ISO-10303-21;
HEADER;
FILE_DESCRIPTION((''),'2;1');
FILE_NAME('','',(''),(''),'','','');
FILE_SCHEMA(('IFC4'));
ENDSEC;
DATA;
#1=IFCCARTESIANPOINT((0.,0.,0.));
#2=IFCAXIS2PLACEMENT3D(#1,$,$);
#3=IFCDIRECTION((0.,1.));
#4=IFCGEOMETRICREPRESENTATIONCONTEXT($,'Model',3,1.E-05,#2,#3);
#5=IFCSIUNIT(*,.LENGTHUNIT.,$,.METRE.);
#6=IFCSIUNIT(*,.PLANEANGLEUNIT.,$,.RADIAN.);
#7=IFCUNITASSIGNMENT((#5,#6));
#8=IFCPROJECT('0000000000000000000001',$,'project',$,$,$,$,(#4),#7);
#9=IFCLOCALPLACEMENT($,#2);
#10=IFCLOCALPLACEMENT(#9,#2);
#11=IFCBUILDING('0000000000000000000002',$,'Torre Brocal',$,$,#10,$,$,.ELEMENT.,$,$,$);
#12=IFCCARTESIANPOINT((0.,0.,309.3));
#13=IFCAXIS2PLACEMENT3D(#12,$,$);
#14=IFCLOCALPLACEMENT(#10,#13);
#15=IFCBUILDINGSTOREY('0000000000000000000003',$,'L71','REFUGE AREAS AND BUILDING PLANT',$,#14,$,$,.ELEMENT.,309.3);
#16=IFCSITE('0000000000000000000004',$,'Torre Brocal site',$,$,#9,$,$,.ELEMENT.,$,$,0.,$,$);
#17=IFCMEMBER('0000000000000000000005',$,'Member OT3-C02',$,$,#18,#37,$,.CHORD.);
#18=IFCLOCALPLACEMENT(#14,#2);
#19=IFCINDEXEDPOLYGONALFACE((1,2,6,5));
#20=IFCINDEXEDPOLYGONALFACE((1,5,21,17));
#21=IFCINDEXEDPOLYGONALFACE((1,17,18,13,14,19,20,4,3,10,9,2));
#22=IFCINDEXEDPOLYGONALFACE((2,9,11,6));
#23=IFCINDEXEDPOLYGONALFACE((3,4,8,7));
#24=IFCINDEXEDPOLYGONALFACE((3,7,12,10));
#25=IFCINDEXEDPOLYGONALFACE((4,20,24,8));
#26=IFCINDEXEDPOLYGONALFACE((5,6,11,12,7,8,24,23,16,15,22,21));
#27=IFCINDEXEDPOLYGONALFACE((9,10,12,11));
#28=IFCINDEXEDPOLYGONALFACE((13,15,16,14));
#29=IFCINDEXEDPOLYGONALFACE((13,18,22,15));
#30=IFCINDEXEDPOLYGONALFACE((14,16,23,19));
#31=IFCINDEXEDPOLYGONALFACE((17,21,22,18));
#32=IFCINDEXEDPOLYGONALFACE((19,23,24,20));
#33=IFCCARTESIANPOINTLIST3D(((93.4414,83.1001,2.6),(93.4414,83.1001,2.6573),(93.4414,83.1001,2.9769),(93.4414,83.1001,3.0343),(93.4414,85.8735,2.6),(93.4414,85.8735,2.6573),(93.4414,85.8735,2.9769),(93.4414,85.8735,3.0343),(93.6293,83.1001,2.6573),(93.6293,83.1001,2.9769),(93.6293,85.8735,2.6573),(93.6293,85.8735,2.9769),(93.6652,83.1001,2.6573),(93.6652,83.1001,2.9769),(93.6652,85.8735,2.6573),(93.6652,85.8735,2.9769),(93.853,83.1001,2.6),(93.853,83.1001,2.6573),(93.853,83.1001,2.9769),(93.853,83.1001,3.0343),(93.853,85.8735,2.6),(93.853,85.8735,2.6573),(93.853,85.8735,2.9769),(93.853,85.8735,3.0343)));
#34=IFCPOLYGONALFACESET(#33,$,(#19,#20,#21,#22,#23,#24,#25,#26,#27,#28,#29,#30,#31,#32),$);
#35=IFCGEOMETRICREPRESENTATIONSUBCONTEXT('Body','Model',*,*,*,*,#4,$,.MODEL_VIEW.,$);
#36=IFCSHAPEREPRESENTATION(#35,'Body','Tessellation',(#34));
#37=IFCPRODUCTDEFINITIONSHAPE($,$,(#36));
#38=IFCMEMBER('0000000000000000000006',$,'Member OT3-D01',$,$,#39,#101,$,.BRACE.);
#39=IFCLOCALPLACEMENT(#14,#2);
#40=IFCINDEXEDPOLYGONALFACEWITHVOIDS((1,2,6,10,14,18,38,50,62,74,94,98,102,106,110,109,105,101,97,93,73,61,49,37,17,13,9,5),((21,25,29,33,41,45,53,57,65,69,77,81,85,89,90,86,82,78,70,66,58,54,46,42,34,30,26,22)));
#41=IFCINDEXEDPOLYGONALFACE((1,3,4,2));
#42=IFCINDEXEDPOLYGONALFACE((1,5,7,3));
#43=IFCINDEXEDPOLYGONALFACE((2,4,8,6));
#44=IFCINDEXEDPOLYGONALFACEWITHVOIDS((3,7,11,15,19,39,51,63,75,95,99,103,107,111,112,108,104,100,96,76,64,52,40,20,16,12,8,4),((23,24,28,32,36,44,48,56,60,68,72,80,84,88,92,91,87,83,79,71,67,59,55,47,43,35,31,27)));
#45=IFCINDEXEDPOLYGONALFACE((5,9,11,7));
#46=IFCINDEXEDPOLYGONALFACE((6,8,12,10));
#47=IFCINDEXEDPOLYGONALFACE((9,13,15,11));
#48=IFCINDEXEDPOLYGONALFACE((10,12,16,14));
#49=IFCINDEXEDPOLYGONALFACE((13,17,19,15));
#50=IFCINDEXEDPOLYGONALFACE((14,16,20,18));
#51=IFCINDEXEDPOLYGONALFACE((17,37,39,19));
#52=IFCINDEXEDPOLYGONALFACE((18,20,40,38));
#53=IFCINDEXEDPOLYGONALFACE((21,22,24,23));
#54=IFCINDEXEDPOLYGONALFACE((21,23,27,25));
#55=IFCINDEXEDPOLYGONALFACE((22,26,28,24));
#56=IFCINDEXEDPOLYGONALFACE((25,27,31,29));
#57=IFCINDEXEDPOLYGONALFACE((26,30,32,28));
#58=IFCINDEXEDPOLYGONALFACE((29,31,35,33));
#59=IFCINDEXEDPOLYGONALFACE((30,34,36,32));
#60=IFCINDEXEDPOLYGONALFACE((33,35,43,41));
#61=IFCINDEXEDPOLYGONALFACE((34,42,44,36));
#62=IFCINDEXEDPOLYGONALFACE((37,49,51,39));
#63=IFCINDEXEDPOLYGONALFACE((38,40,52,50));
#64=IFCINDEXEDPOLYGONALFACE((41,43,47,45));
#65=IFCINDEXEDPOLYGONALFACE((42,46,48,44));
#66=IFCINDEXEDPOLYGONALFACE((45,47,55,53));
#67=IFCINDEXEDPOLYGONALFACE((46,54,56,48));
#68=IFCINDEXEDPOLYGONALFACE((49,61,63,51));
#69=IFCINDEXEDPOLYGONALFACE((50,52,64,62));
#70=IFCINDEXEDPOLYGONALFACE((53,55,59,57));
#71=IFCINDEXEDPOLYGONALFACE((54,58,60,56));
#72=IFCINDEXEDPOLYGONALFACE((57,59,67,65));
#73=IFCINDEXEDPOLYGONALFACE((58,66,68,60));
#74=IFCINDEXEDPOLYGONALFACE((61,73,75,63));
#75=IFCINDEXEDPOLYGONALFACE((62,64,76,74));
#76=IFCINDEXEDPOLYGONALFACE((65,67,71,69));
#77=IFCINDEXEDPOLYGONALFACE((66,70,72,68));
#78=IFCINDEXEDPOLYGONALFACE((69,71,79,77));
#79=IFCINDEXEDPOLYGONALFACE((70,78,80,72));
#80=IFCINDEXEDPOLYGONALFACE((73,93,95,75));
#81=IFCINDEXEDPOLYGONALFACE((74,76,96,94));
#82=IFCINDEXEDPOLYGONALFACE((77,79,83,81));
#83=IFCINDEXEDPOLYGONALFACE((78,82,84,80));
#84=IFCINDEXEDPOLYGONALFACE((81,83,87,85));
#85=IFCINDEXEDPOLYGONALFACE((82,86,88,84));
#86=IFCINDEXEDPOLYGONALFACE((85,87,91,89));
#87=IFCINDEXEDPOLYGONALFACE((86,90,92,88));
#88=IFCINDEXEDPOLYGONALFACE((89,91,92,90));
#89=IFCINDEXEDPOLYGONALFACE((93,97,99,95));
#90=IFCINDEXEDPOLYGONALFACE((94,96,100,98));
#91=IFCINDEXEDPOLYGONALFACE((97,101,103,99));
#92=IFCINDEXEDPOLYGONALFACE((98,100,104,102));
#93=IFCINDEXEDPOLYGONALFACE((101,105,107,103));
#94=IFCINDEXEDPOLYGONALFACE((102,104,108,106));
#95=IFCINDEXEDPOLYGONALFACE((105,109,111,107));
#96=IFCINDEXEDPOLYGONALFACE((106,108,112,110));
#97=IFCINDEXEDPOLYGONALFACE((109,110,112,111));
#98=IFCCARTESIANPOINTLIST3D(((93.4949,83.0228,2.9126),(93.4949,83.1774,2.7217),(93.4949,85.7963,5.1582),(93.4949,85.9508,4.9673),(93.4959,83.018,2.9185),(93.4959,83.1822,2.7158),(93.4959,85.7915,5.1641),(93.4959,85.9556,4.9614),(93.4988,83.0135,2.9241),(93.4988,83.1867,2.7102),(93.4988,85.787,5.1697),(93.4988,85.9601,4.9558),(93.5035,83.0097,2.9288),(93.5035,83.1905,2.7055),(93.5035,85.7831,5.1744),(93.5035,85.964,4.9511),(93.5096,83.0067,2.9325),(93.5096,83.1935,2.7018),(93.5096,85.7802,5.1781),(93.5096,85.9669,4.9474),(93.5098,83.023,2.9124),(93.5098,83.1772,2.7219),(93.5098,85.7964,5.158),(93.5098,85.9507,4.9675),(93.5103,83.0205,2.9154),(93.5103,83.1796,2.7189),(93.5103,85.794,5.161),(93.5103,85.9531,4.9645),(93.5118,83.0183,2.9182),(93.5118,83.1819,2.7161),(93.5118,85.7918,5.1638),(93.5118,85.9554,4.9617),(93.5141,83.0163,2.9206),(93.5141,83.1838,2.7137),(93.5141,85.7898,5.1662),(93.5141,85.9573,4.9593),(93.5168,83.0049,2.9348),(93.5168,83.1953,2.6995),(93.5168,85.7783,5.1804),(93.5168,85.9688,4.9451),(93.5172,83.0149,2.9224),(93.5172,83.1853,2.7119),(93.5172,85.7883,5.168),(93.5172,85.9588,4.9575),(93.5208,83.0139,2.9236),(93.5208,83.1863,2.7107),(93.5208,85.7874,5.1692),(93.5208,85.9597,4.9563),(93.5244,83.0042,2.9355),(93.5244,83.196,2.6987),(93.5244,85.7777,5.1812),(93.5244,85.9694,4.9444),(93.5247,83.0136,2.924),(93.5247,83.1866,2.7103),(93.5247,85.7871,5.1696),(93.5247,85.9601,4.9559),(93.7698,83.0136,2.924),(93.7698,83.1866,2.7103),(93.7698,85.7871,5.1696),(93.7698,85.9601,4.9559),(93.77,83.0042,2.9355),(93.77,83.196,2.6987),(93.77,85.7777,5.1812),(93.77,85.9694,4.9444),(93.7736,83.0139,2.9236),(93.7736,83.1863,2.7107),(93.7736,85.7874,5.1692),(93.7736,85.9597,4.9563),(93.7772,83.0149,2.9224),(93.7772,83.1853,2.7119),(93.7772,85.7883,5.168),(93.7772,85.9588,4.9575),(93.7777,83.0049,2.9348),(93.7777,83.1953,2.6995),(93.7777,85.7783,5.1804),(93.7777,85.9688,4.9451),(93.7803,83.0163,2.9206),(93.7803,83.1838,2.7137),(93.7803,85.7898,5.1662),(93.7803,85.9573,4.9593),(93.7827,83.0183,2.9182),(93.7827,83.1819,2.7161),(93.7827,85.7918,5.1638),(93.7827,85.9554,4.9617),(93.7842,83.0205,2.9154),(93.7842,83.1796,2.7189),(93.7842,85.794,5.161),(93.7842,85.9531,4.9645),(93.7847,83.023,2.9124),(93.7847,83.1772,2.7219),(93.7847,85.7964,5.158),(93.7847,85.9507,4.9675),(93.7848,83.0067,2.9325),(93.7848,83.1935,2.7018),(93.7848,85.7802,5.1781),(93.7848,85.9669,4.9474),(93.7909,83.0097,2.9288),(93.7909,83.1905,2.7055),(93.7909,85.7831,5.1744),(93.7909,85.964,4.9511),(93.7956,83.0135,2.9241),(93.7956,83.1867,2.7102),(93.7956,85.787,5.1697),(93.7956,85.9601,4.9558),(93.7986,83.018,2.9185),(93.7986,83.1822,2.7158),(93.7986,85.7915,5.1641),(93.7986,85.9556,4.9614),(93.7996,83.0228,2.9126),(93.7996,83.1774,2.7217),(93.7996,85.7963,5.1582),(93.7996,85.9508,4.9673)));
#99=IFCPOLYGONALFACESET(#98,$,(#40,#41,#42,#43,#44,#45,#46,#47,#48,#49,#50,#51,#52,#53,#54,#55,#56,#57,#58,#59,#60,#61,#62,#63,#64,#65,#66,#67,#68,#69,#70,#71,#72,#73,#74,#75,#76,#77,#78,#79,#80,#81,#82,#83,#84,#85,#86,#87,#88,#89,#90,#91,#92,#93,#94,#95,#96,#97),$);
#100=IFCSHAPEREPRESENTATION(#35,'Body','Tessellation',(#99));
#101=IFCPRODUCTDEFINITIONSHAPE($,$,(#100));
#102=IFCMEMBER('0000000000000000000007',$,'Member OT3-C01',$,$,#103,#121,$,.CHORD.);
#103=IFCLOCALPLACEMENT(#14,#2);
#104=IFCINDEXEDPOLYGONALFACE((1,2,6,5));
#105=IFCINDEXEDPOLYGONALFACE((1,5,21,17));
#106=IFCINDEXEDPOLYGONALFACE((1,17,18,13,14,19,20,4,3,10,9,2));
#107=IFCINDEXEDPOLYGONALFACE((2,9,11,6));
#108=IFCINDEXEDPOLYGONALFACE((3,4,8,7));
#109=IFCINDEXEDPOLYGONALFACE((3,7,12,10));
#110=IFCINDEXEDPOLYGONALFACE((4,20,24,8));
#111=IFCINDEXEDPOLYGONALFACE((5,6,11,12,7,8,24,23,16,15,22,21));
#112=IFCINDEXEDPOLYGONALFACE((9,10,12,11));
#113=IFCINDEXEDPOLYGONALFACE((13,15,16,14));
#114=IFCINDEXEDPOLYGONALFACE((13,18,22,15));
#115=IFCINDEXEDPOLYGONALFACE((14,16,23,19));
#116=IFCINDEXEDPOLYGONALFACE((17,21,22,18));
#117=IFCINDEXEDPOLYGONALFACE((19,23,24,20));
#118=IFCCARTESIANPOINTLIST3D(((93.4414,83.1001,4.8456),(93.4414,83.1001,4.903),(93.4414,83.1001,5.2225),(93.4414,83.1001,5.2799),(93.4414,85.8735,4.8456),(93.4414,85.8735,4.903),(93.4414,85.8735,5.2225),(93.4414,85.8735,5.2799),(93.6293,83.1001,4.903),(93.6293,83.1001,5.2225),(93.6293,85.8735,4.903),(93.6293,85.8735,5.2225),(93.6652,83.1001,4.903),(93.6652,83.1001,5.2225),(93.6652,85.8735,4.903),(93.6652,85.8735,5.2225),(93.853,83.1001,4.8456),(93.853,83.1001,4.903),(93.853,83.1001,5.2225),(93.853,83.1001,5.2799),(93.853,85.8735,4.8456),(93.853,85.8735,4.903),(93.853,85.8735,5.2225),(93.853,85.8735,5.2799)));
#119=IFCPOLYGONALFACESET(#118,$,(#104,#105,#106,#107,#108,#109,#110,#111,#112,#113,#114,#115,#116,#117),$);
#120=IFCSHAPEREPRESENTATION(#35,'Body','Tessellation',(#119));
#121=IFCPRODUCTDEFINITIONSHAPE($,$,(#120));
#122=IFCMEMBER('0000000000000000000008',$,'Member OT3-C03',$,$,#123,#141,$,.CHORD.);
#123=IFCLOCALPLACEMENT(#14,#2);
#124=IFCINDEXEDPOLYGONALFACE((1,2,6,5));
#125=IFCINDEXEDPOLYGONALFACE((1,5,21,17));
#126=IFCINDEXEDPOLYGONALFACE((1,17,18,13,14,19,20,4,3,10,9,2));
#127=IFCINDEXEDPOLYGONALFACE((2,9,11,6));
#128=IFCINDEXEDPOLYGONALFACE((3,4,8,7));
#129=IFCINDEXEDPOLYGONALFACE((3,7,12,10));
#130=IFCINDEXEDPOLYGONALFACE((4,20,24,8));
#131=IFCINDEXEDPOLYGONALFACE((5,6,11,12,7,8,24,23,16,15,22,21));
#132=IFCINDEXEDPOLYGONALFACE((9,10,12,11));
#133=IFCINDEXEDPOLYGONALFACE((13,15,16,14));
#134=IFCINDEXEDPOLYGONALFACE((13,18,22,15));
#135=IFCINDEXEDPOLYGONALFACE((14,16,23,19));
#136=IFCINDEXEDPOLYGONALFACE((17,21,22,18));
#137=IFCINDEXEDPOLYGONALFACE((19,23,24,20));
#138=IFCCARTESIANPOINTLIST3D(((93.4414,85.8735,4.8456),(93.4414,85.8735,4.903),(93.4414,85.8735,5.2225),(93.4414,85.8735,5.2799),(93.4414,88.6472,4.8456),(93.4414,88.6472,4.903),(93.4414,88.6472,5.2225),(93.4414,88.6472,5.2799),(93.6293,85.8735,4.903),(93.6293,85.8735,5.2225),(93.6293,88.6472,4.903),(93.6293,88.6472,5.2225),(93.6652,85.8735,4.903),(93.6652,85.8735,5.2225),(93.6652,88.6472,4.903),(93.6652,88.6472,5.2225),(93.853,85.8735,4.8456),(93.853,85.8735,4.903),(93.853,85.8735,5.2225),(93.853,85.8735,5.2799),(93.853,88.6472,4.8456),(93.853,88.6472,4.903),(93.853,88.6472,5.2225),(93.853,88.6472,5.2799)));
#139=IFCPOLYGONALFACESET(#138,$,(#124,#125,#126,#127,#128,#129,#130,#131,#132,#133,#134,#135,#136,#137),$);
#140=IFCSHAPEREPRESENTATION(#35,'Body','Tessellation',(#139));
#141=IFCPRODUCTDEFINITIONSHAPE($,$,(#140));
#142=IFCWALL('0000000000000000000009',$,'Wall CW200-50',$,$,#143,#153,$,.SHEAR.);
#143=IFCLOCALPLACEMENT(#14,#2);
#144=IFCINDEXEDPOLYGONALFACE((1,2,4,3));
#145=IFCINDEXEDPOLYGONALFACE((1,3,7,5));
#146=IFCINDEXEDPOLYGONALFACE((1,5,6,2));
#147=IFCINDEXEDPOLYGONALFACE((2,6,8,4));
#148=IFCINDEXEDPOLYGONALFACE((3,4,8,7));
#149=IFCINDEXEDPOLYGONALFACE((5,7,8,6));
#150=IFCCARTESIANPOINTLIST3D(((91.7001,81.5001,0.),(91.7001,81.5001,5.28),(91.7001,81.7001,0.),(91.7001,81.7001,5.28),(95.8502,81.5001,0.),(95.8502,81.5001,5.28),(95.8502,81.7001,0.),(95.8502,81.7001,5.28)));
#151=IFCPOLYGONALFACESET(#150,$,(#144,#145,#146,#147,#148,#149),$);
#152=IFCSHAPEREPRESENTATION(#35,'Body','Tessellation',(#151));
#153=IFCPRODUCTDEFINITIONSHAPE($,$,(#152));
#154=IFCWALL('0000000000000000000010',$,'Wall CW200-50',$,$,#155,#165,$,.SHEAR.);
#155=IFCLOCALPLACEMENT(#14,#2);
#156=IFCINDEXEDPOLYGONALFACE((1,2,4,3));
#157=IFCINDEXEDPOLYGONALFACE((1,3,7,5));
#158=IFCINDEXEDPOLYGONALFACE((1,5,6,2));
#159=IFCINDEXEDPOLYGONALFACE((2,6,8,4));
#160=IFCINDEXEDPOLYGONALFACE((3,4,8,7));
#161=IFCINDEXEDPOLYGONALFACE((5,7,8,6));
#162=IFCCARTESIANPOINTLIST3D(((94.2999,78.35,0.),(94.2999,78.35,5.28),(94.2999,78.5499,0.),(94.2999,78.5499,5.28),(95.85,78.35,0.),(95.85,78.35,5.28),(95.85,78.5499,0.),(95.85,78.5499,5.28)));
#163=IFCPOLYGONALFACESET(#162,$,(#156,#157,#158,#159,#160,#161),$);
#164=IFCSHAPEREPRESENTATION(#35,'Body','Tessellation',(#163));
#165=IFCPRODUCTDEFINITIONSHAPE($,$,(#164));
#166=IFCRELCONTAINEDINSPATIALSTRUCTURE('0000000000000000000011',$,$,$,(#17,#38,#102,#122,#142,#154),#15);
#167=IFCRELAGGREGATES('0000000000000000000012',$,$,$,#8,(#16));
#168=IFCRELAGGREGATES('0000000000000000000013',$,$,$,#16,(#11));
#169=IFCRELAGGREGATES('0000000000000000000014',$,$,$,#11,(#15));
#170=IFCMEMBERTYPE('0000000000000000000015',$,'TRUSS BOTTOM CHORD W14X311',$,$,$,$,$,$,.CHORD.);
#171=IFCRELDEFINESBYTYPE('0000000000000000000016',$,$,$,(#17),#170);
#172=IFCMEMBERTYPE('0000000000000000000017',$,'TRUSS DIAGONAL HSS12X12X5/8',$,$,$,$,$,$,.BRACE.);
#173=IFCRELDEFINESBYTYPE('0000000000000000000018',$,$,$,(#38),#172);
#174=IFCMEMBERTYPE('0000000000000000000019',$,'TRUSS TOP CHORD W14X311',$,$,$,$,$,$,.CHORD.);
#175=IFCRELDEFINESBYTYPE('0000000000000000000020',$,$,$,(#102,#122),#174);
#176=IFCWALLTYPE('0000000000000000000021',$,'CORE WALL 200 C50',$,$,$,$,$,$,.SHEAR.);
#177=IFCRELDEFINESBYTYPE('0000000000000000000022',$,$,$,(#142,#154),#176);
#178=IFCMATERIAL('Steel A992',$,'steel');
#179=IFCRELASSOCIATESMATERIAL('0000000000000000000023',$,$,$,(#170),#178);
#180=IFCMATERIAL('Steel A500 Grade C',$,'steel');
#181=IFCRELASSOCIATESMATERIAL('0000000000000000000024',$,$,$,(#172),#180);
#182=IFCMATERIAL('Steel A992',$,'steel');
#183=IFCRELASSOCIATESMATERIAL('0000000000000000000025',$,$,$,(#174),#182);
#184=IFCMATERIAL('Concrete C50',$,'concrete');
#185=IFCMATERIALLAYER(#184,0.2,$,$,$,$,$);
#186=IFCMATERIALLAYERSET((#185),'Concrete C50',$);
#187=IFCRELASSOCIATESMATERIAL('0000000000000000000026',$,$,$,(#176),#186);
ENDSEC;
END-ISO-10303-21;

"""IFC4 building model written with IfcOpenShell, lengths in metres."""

from ifc_helpers import new_model, si_unit, direction, frame, frame_2d, origin, origin_2d, place, context, subcontext, project, spatial, rectangle, hollow_rectangle, i_section, extrude, material, layer, layer_set, material_profile, profile_set, type_object, element, save


model = new_model("IFC4")

# Units and contexts
model_context = context("Model", 3, precision=1e-05, world=origin(), true_north=direction((0.0, 1.0)))
body_context = subcontext(model_context, "Body", "Model", "MODEL_VIEW")
ifc_project = project(units=[si_unit("LENGTHUNIT", "METRE"), si_unit("PLANEANGLEUNIT", "RADIAN")], contexts=[model_context])

# Site, building, storey
site_placement = place(None, origin())
site = spatial("IfcSite", under=ifc_project, at=site_placement, Name="Torre Brocal site", CompositionType="ELEMENT", RefElevation=0.0)
building_placement = place(site_placement, origin())
building = spatial("IfcBuilding", under=site, at=building_placement, Name="Torre Brocal", CompositionType="ELEMENT")
storey_placement = place(building_placement, frame((0.0, 0.0, 309.3)))
storey = spatial("IfcBuildingStorey", under=building, at=storey_placement, Name="L71", Description="REFUGE AREAS AND BUILDING PLANT", CompositionType="ELEMENT", Elevation=309.3)

# Members
ifc_material_1 = material(Name="Steel A992", Category="steel")
ifc_material_profile_1 = material_profile(ifc_material_1, i_section(OverallWidth=0.4116, OverallDepth=0.4343, WebThickness=0.0359, FlangeThickness=0.0574, at=origin_2d()), Name="W14X311")
ifc_profile_set_1 = profile_set([ifc_material_profile_1], Name="Steel A992")
member_type_1 = type_object("IfcMemberType", Name="TRUSS BOTTOM CHORD W14X311", PredefinedType="CHORD", material=ifc_profile_set_1)
member_1_placement = place(storey_placement, frame((93.6472, 83.1001, 2.8171), z_axis=(0.0, 1.0, 0.0), x_axis=(-1.0, 0.0, 0.0)))
element("IfcMember", 1, at=member_1_placement, inside=storey, type_object=member_type_1, Name="Member OT3-C02", PredefinedType="CHORD", context=body_context, shape_type="SweptSolid", body=[
    extrude(i_section(OverallWidth=0.4116, OverallDepth=0.4343, WebThickness=0.0359, FlangeThickness=0.0574, at=origin_2d()), origin(), (0.0, 0.0, 1.0), 2.7734),
])
ifc_material_2 = material(Name="Steel A500 Grade C", Category="steel")
ifc_material_profile_2 = material_profile(ifc_material_2, hollow_rectangle(XDim=0.3047, YDim=0.3047, WallThickness=0.0149, InnerFilletRadius=0.0149, OuterFilletRadius=0.0295, at=origin_2d()), Name="HSS12X12X5/8")
ifc_profile_set_2 = profile_set([ifc_material_profile_2], Name="Steel A500 Grade C")
member_type_2 = type_object("IfcMemberType", Name="TRUSS DIAGONAL HSS12X12X5/8", PredefinedType="BRACE", material=ifc_profile_set_2)
member_2_placement = place(storey_placement, frame((93.6472, 83.1001, 2.8171), z_axis=(0.0, 0.777184, 0.629273), x_axis=(-1.0, 0.0, 0.0)))
element("IfcMember", 2, at=member_2_placement, inside=storey, type_object=member_type_2, Name="Member OT3-D01", PredefinedType="BRACE", context=body_context, shape_type="SweptSolid", body=[
    extrude(hollow_rectangle(XDim=0.3047, YDim=0.3047, WallThickness=0.0149, InnerFilletRadius=0.0149, OuterFilletRadius=0.0295, at=origin_2d()), origin(), (0.0, 0.0, 1.0), 3.5686),
])
ifc_material_3 = material(Name="Steel A992", Category="steel")
ifc_material_profile_3 = material_profile(ifc_material_3, i_section(OverallWidth=0.4116, OverallDepth=0.4343, WebThickness=0.0359, FlangeThickness=0.0574, at=origin_2d()), Name="W14X311")
ifc_profile_set_3 = profile_set([ifc_material_profile_3], Name="Steel A992")
member_type_3 = type_object("IfcMemberType", Name="TRUSS TOP CHORD W14X311", PredefinedType="CHORD", material=ifc_profile_set_3)
member_3_placement = place(storey_placement, frame((93.6472, 83.1001, 5.0627), z_axis=(0.0, 1.0, 0.0), x_axis=(-1.0, 0.0, 0.0)))
element("IfcMember", 3, at=member_3_placement, inside=storey, type_object=member_type_3, Name="Member OT3-C01", PredefinedType="CHORD", context=body_context, shape_type="SweptSolid", body=[
    extrude(i_section(OverallWidth=0.4116, OverallDepth=0.4343, WebThickness=0.0359, FlangeThickness=0.0574, at=origin_2d()), origin(), (0.0, 0.0, 1.0), 2.7734),
])
member_4_placement = place(storey_placement, frame((93.6472, 85.8735, 5.0627), z_axis=(0.0, 1.0, 0.0), x_axis=(-1.0, 0.0, 0.0)))
element("IfcMember", 4, at=member_4_placement, inside=storey, type_object=member_type_3, Name="Member OT3-C03", PredefinedType="CHORD", context=body_context, shape_type="SweptSolid", body=[
    extrude(i_section(OverallWidth=0.4116, OverallDepth=0.4343, WebThickness=0.0359, FlangeThickness=0.0574, at=origin_2d()), origin(), (0.0, 0.0, 1.0), 2.7737),
])

# Walls
ifc_material_4 = material(Name="Concrete C50", Category="concrete")
ifc_layer_1 = layer(ifc_material_4, 0.2)
ifc_layer_set_1 = layer_set([ifc_layer_1], Name="Concrete C50")
wall_type_1 = type_object("IfcWallType", Name="CORE WALL 200 C50", PredefinedType="SHEAR", material=ifc_layer_set_1)
wall_1_placement = place(storey_placement, frame((91.7, 81.6001, 0.0), z_axis=(0.0, 0.0, 1.0), x_axis=(1.0, 0.0, 0.0)))
element("IfcWall", 5, at=wall_1_placement, inside=storey, type_object=wall_type_1, Name="Wall CW200-50", PredefinedType="SHEAR", context=body_context, shape_type="SweptSolid", body=[
    extrude(rectangle(XDim=4.1501, YDim=0.2, at=frame_2d((2.0752, 0.0))), origin(), (0.0, 0.0, 1.0), 5.28),
])
wall_2_placement = place(storey_placement, frame((94.3, 78.45, 0.0), z_axis=(0.0, 0.0, 1.0), x_axis=(1.0, 0.0, 0.0)))
element("IfcWall", 6, at=wall_2_placement, inside=storey, type_object=wall_type_1, Name="Wall CW200-50", PredefinedType="SHEAR", context=body_context, shape_type="SweptSolid", body=[
    extrude(rectangle(XDim=1.55, YDim=0.2, at=frame_2d((0.7749, 0.0))), origin(), (0.0, 0.0, 1.0), 5.28),
])

save(model, "model.ifc")
